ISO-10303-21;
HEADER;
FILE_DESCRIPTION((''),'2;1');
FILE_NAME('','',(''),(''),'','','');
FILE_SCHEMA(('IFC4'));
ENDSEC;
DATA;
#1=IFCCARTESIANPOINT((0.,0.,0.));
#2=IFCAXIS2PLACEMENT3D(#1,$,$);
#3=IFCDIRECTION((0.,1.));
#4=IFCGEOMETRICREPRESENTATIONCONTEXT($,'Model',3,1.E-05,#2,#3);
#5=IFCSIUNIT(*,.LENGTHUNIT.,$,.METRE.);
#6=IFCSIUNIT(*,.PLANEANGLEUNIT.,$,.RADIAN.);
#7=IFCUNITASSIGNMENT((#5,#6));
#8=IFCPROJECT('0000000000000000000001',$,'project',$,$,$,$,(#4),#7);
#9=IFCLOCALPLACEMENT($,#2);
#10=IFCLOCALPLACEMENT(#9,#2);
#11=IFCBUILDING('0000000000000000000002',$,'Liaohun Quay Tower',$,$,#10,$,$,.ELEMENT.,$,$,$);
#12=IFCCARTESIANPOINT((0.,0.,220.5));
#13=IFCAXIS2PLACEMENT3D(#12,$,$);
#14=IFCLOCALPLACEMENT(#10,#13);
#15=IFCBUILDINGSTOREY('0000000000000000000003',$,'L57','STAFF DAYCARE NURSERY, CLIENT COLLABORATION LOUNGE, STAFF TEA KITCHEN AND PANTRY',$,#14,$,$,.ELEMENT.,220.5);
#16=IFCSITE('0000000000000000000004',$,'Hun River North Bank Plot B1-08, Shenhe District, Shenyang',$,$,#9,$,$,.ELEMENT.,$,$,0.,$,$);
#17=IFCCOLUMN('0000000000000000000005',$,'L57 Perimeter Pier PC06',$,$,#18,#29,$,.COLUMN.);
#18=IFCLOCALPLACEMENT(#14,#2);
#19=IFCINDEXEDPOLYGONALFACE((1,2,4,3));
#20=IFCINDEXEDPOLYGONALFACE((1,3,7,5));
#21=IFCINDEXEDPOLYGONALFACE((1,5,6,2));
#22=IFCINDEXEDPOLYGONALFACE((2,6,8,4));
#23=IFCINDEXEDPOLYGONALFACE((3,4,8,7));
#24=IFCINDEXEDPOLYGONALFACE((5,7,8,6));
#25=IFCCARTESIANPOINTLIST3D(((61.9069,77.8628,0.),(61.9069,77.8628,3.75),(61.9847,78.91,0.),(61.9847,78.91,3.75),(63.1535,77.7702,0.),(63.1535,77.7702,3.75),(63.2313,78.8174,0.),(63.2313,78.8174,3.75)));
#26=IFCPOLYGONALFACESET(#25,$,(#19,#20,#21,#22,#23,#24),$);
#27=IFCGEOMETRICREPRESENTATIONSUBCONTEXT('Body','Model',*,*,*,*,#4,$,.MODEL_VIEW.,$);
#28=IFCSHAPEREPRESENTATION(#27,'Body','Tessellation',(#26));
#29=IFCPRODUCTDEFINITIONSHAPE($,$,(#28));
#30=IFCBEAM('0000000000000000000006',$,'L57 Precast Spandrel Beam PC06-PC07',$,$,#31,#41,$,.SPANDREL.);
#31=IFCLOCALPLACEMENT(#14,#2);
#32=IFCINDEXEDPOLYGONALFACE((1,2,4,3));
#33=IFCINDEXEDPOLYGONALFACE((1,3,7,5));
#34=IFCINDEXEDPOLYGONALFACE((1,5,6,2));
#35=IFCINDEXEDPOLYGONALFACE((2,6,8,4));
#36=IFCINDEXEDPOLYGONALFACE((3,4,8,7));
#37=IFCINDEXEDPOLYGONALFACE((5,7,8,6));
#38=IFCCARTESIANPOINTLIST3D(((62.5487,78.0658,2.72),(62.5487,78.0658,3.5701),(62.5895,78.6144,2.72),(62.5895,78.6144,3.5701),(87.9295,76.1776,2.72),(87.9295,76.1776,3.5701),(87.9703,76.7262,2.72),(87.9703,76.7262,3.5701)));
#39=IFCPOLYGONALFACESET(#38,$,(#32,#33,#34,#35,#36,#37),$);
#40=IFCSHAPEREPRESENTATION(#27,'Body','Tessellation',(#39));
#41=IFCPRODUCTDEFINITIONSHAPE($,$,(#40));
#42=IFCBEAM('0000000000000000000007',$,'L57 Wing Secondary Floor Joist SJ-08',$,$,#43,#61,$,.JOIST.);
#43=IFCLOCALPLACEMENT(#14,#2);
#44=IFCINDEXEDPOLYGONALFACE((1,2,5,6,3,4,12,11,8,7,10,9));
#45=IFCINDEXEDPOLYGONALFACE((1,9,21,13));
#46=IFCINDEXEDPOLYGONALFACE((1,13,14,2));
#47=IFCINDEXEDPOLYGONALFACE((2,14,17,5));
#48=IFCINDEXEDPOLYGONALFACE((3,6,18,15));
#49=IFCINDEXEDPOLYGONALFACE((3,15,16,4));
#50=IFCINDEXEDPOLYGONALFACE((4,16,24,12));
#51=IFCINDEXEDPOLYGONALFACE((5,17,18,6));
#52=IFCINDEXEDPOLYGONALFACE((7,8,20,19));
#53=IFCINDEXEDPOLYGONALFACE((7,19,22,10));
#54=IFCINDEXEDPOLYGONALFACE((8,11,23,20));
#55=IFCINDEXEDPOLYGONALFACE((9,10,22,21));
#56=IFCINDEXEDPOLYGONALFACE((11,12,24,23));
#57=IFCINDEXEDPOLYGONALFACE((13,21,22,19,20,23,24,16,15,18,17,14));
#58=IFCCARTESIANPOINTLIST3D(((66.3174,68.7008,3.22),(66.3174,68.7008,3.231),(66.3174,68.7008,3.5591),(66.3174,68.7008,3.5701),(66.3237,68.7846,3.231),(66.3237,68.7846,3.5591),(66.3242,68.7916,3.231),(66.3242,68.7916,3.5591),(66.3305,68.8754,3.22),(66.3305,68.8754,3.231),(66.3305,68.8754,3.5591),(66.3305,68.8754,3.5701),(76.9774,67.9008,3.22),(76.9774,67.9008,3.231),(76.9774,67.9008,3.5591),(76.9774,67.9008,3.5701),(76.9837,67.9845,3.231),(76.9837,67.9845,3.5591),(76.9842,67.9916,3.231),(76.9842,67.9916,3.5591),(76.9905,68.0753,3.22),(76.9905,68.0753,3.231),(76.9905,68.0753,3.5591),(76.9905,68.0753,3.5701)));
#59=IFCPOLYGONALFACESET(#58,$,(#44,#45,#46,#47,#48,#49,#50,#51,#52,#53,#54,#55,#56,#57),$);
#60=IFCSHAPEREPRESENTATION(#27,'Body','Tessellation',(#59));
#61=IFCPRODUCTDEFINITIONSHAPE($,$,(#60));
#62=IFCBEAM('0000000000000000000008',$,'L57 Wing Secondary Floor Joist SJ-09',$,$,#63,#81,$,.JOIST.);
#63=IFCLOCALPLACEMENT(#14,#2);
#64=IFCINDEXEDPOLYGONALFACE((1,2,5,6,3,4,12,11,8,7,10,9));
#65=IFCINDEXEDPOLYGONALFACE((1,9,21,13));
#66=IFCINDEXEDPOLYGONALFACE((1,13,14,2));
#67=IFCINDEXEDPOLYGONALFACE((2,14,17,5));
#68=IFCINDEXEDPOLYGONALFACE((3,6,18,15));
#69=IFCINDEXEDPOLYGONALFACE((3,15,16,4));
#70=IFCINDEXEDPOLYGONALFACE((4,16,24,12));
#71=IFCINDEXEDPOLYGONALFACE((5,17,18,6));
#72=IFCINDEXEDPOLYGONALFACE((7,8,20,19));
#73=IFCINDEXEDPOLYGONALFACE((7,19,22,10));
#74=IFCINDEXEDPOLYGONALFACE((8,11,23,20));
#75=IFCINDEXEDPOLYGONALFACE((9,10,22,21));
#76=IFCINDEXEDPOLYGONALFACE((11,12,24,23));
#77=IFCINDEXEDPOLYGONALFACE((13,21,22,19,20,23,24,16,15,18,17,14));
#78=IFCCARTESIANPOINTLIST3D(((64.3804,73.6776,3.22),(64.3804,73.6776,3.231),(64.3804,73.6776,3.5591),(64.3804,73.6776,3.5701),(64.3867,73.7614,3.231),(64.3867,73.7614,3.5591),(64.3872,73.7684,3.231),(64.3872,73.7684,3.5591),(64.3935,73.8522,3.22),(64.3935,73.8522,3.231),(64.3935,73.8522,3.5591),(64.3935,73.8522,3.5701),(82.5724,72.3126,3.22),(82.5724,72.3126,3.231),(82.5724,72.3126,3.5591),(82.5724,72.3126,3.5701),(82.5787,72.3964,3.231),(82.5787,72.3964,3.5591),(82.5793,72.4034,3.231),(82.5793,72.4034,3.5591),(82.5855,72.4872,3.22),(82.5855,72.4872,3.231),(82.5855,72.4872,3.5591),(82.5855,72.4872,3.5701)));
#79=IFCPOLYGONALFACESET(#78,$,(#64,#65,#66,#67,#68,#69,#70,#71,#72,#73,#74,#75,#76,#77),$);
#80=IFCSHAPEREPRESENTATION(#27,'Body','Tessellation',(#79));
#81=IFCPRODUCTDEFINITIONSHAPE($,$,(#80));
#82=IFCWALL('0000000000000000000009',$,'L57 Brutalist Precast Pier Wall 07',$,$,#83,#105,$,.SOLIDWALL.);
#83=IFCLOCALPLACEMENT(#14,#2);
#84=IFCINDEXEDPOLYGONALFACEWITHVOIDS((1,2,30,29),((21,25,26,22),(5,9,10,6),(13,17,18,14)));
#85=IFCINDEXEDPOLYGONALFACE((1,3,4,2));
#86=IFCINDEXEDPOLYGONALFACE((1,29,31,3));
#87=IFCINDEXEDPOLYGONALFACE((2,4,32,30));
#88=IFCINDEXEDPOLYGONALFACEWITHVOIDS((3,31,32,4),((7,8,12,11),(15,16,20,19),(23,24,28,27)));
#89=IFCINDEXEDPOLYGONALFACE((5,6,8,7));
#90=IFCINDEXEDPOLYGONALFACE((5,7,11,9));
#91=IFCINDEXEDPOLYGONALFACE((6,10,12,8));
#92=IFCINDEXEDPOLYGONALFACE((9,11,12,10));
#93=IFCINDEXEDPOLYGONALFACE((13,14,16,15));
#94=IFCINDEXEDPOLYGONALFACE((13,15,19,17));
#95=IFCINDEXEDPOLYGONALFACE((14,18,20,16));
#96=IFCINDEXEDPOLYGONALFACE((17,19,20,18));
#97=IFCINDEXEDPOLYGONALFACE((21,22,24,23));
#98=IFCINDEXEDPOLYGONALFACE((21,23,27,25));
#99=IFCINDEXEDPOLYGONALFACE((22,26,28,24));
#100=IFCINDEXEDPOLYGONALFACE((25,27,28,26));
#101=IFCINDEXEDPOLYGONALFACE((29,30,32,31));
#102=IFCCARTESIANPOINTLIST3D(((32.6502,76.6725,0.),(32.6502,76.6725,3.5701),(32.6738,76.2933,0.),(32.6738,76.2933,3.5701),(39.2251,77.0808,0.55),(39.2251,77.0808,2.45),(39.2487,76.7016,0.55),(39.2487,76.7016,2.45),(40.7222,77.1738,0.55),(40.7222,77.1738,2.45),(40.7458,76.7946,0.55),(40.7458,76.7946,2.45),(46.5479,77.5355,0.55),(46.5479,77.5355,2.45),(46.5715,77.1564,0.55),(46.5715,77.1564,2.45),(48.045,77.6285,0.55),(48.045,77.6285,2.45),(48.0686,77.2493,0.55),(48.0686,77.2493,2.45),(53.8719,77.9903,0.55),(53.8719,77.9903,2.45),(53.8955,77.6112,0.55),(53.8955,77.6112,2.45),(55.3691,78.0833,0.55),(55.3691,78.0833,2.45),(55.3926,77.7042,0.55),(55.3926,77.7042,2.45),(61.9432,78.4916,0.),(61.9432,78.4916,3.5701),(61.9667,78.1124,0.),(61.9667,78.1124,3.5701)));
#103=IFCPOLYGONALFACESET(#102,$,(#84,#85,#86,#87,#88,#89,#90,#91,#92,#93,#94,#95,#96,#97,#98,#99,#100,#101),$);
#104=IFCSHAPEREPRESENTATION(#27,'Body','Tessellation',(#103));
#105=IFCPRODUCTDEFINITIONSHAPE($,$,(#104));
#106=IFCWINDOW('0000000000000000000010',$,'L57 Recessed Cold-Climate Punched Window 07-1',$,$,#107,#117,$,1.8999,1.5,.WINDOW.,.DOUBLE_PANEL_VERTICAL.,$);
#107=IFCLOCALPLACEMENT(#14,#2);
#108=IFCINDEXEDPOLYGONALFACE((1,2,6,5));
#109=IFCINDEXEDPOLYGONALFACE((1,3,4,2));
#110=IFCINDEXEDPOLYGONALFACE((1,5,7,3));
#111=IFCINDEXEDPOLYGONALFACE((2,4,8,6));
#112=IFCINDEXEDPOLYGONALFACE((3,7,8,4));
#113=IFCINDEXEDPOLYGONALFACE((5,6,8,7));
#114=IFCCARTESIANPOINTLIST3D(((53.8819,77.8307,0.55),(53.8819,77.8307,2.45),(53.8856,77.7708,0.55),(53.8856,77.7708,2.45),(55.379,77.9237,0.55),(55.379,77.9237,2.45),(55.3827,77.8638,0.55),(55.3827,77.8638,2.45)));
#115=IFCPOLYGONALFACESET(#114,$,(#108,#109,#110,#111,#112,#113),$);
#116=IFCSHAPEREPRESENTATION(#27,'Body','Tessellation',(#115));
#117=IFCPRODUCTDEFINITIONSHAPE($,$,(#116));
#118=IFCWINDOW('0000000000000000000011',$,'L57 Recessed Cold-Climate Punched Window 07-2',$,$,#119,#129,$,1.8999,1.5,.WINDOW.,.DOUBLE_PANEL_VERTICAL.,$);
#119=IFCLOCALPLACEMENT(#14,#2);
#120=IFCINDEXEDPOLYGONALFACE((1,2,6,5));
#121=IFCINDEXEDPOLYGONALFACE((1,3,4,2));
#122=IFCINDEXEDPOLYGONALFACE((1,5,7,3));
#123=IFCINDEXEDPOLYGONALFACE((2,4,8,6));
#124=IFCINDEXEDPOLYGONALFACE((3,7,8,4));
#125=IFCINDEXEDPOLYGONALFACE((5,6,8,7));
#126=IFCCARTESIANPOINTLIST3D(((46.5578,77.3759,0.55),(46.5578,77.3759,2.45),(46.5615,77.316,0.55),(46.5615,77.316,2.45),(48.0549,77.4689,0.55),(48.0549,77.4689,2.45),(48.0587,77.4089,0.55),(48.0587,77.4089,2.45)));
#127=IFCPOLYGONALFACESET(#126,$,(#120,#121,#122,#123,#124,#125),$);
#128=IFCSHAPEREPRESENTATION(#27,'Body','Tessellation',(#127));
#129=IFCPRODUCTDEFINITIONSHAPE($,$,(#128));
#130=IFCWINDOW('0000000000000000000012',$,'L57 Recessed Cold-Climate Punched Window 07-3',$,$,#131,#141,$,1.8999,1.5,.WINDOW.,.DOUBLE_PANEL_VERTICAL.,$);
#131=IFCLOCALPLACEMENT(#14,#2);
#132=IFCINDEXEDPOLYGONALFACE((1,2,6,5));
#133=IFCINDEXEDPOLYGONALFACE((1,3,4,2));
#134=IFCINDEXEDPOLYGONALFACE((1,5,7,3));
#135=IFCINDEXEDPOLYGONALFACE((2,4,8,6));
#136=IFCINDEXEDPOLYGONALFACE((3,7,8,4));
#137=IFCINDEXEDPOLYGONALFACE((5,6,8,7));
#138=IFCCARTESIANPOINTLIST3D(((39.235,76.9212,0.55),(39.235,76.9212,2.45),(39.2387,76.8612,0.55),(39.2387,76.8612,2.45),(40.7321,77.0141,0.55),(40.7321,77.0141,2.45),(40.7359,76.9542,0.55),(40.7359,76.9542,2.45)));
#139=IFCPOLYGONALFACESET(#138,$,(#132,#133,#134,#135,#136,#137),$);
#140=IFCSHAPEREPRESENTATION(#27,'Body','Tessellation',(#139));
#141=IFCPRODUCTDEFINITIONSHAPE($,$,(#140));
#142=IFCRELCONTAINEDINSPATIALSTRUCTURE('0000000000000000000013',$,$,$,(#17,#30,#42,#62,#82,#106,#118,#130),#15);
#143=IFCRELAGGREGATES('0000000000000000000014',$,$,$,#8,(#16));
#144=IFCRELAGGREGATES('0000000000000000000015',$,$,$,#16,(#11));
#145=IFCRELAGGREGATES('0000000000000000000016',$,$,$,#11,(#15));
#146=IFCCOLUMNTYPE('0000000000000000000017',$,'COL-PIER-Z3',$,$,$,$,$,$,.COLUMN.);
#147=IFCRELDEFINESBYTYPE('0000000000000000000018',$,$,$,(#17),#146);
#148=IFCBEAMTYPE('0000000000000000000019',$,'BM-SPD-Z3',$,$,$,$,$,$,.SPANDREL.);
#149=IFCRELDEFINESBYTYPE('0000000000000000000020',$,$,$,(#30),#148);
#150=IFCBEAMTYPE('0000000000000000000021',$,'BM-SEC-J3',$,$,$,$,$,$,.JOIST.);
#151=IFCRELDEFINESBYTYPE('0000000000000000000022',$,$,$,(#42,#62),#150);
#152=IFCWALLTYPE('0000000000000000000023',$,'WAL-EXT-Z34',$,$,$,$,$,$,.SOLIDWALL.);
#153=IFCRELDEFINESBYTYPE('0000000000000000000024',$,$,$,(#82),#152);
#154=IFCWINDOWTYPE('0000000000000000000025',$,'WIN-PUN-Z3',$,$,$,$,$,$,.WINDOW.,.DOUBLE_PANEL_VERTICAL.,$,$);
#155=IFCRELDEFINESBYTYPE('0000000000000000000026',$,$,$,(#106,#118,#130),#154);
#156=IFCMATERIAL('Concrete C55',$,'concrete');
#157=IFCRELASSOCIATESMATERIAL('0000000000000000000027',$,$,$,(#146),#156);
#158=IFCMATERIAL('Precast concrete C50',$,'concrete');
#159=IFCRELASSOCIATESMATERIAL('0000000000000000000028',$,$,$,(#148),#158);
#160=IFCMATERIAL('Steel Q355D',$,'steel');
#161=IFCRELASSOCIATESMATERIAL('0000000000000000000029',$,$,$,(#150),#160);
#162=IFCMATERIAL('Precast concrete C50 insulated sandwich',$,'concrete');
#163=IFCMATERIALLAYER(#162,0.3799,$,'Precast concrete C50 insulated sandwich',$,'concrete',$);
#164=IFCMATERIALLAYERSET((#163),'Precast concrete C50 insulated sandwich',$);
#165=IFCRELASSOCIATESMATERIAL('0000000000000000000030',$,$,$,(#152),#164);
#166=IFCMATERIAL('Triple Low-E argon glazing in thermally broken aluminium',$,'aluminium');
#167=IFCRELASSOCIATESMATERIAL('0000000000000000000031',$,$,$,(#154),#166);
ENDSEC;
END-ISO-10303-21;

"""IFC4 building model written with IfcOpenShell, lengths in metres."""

from ifc_helpers import new_model, si_unit, direction, frame, frame_2d, origin, origin_2d, place, context, subcontext, project, spatial, rectangle, i_section, extrude, source, transform, mapped, material, layer, layer_set, material_profile, profile_set, type_object, element, fill, save


model = new_model("IFC4")

# Units and contexts
model_context = context("Model", 3, precision=1e-05, world=origin(), true_north=direction((0.0, 1.0)))
body_context = subcontext(model_context, "Body", "Model", "MODEL_VIEW")
ifc_project = project(units=[si_unit("LENGTHUNIT", "METRE"), si_unit("PLANEANGLEUNIT", "RADIAN")], contexts=[model_context])

# Site, building, storey
site_placement = place(None, origin())
site = spatial("IfcSite", under=ifc_project, at=site_placement, Name="Hun River North Bank Plot B1-08, Shenhe District, Shenyang", CompositionType="ELEMENT", RefElevation=0.0)
building_placement = place(site_placement, origin())
building = spatial("IfcBuilding", under=site, at=building_placement, Name="Liaohun Quay Tower", CompositionType="ELEMENT")
storey_placement = place(building_placement, frame((0.0, 0.0, 220.5)))
storey = spatial("IfcBuildingStorey", under=building, at=storey_placement, Name="L57", Description="STAFF DAYCARE NURSERY, CLIENT COLLABORATION LOUNGE, STAFF TEA KITCHEN AND PANTRY", CompositionType="ELEMENT", Elevation=220.5)

# Column
ifc_material_1 = material(Name="Concrete C55", Category="concrete")
ifc_material_profile_1 = material_profile(ifc_material_1, rectangle(XDim=1.25, YDim=1.05, at=origin_2d()), Name="RC1250x1050")
ifc_profile_set_1 = profile_set([ifc_material_profile_1], Name="Concrete C55")
column_type = type_object("IfcColumnType", Name="COL-PIER-Z3", PredefinedType="COLUMN", material=ifc_profile_set_1)
shared_shape_1 = source(origin(), body_context, "Body", "SweptSolid", [
    extrude(rectangle(XDim=1.25, YDim=1.05, at=origin_2d()), origin(), (0.0, 0.0, 1.0), 3.75),
])
column_placement = place(storey_placement, frame((62.5691, 78.3401, 0.0), z_axis=(0.0, 0.0, 1.0), x_axis=(-0.99725, 0.074108, 0.0)))
element("IfcColumn", 1, at=column_placement, inside=storey, type_object=column_type, Name="L57 Perimeter Pier PC06", PredefinedType="COLUMN", context=body_context, shape_type="MappedRepresentation", body=[
    mapped(shared_shape_1, transform((0.0, 0.0, 0.0), x_axis=(1.0, 0.0, 0.0), y_axis=(0.0, 1.0, 0.0), z_axis=(0.0, 0.0, 1.0), scale=1.0)),
])

# Beams
ifc_material_2 = material(Name="Precast concrete C50", Category="concrete")
ifc_material_profile_2 = material_profile(ifc_material_2, rectangle(XDim=0.55, YDim=0.8501, at=origin_2d()), Name="RC550x850")
ifc_profile_set_2 = profile_set([ifc_material_profile_2], Name="Precast concrete C50")
beam_type_1 = type_object("IfcBeamType", Name="BM-SPD-Z3", PredefinedType="SPANDREL", material=ifc_profile_set_2)
shared_shape_2 = source(origin(), body_context, "Body", "SweptSolid", [
    extrude(rectangle(XDim=0.55, YDim=0.8501, at=origin_2d()), origin(), (0.0, 0.0, 1.0), 25.4509),
])
beam_1_placement = place(storey_placement, frame((62.5691, 78.3401, 3.145), z_axis=(0.997244, -0.074189, 0.0), x_axis=(0.074189, 0.997244, 0.0)))
element("IfcBeam", 2, at=beam_1_placement, inside=storey, type_object=beam_type_1, Name="L57 Precast Spandrel Beam PC06-PC07", PredefinedType="SPANDREL", context=body_context, shape_type="MappedRepresentation", body=[
    mapped(shared_shape_2, transform((0.0, 0.0, 0.0), x_axis=(1.0, 0.0, 0.0), y_axis=(0.0, 1.0, 0.0), z_axis=(0.0, 0.0, 1.0), scale=1.0)),
])
ifc_material_3 = material(Name="Steel Q355D", Category="steel")
ifc_material_profile_3 = material_profile(ifc_material_3, i_section(OverallWidth=0.175, OverallDepth=0.3501, WebThickness=0.0071, FlangeThickness=0.011, at=origin_2d()), Name="HN350x175x7x11")
ifc_profile_set_3 = profile_set([ifc_material_profile_3], Name="Steel Q355D")
beam_type_2 = type_object("IfcBeamType", Name="BM-SEC-J3", PredefinedType="JOIST", material=ifc_profile_set_3)
shared_shape_3 = source(origin(), body_context, "Body", "SweptSolid", [
    extrude(i_section(OverallWidth=0.175, OverallDepth=0.3501, WebThickness=0.0071, FlangeThickness=0.011, at=origin_2d()), origin(), (0.0, 0.0, 1.0), 10.6899),
])
beam_2_placement = place(storey_placement, frame((66.324, 68.7881, 3.395), z_axis=(0.997195, -0.074842, 0.0), x_axis=(0.074842, 0.997195, 0.0)))
element("IfcBeam", 3, at=beam_2_placement, inside=storey, type_object=beam_type_2, Name="L57 Wing Secondary Floor Joist SJ-08", PredefinedType="JOIST", context=body_context, shape_type="MappedRepresentation", body=[
    mapped(shared_shape_3, transform((0.0, 0.0, 0.0), x_axis=(1.0, 0.0, 0.0), y_axis=(0.0, 1.0, 0.0), z_axis=(0.0, 0.0, 1.0), scale=1.0)),
])
shared_shape_4 = source(origin(), body_context, "Body", "SweptSolid", [
    extrude(i_section(OverallWidth=0.175, OverallDepth=0.3501, WebThickness=0.0071, FlangeThickness=0.011, at=origin_2d()), origin(), (0.0, 0.0, 1.0), 18.2432),
])
beam_3_placement = place(storey_placement, frame((64.387, 73.7649, 3.395), z_axis=(0.997197, -0.074822, 0.0), x_axis=(0.074822, 0.997197, 0.0)))
element("IfcBeam", 4, at=beam_3_placement, inside=storey, type_object=beam_type_2, Name="L57 Wing Secondary Floor Joist SJ-09", PredefinedType="JOIST", context=body_context, shape_type="MappedRepresentation", body=[
    mapped(shared_shape_4, transform((0.0, 0.0, 0.0), x_axis=(1.0, 0.0, 0.0), y_axis=(0.0, 1.0, 0.0), z_axis=(0.0, 0.0, 1.0), scale=1.0)),
])

# Wall, openings, windows
ifc_material_4 = material(Name="Precast concrete C50 insulated sandwich", Category="concrete")
ifc_layer_1 = layer(ifc_material_4, 0.3799, Name="Precast concrete C50 insulated sandwich", Category="concrete")
ifc_layer_set_1 = layer_set([ifc_layer_1], Name="Precast concrete C50 insulated sandwich")
wall_type_1 = type_object("IfcWallType", Name="WAL-EXT-Z34", PredefinedType="SOLIDWALL", material=ifc_layer_set_1)
wall_1_placement = place(storey_placement, frame((61.9551, 78.302, 0.0), z_axis=(0.0, 0.0, 1.0), x_axis=(-0.998077, -0.061981, 0.0)))
wall_1 = element("IfcWall", 5, at=wall_1_placement, inside=storey, type_object=wall_type_1, Name="L57 Brutalist Precast Pier Wall 07", PredefinedType="SOLIDWALL", context=body_context, shape_type="SweptSolid", body=[
    extrude(rectangle(XDim=29.3494, YDim=0.3799, at=frame_2d((14.6748, 0.0))), origin(), (0.0, 0.0, 1.0), 3.5701),
])
shared_shape_5 = source(origin(), body_context, "Body", "SweptSolid", [
    extrude(rectangle(XDim=1.5, YDim=1.8999, at=frame_2d((0.75, 0.95))), frame((0.0, 0.2, 0.0), z_axis=(0.0, -1.0, 0.0), x_axis=(1.0, 0.0, 0.0)), (0.0, 0.0, 1.0), 0.3999),
])
opening_1_placement = place(wall_1_placement, frame((6.5869, 0.0, 0.55)))
opening_1 = element("IfcOpeningElement", 6, at=opening_1_placement, cuts=wall_1, PredefinedType="OPENING", context=body_context, shape_type="MappedRepresentation", body=[
    mapped(shared_shape_5, transform((0.0, 0.0, 0.0), x_axis=(1.0, 0.0, 0.0), y_axis=(0.0, 1.0, 0.0), z_axis=(0.0, 0.0, 1.0), scale=1.0)),
])
opening_2_placement = place(wall_1_placement, frame((13.925, 0.0, 0.55)))
opening_2 = element("IfcOpeningElement", 7, at=opening_2_placement, cuts=wall_1, PredefinedType="OPENING", context=body_context, shape_type="MappedRepresentation", body=[
    mapped(shared_shape_5, transform((0.0, 0.0, 0.0), x_axis=(1.0, 0.0, 0.0), y_axis=(0.0, 1.0, 0.0), z_axis=(0.0, 0.0, 1.0), scale=1.0)),
])
opening_3_placement = place(wall_1_placement, frame((21.262, 0.0, 0.55)))
opening_3 = element("IfcOpeningElement", 8, at=opening_3_placement, cuts=wall_1, PredefinedType="OPENING", context=body_context, shape_type="MappedRepresentation", body=[
    mapped(shared_shape_5, transform((0.0, 0.0, 0.0), x_axis=(1.0, 0.0, 0.0), y_axis=(0.0, 1.0, 0.0), z_axis=(0.0, 0.0, 1.0), scale=1.0)),
])
ifc_material_5 = material(Name="Triple Low-E argon glazing in thermally broken aluminium", Category="aluminium")
window_type = type_object("IfcWindowType", Name="WIN-PUN-Z3", PartitioningType="DOUBLE_PANEL_VERTICAL", PredefinedType="WINDOW", material=ifc_material_5)
shared_shape_6 = source(origin(), body_context, "Body", "SweptSolid", [
    extrude(rectangle(XDim=1.5, YDim=1.8999, at=frame_2d((0.75, 0.95))), frame((0.0, 0.03, 0.0), z_axis=(0.0, -1.0, 0.0), x_axis=(1.0, 0.0, 0.0)), (0.0, 0.0, 1.0), 0.0601),
])
window_1_placement = place(opening_1_placement, origin())
window_1 = element("IfcWindow", 9, at=window_1_placement, inside=storey, type_object=window_type, Name="L57 Recessed Cold-Climate Punched Window 07-1", OverallHeight=1.8999, OverallWidth=1.5, PartitioningType="DOUBLE_PANEL_VERTICAL", PredefinedType="WINDOW", context=body_context, shape_type="MappedRepresentation", body=[
    mapped(shared_shape_6, transform((0.0, 0.0, 0.0), x_axis=(1.0, 0.0, 0.0), y_axis=(0.0, 1.0, 0.0), z_axis=(0.0, 0.0, 1.0), scale=1.0)),
])
fill(opening_1, window_1)
window_2_placement = place(opening_2_placement, origin())
window_2 = element("IfcWindow", 10, at=window_2_placement, inside=storey, type_object=window_type, Name="L57 Recessed Cold-Climate Punched Window 07-2", OverallHeight=1.8999, OverallWidth=1.5, PartitioningType="DOUBLE_PANEL_VERTICAL", PredefinedType="WINDOW", context=body_context, shape_type="MappedRepresentation", body=[
    mapped(shared_shape_6, transform((0.0, 0.0, 0.0), x_axis=(1.0, 0.0, 0.0), y_axis=(0.0, 1.0, 0.0), z_axis=(0.0, 0.0, 1.0), scale=1.0)),
])
fill(opening_2, window_2)
window_3_placement = place(opening_3_placement, origin())
window_3 = element("IfcWindow", 11, at=window_3_placement, inside=storey, type_object=window_type, Name="L57 Recessed Cold-Climate Punched Window 07-3", OverallHeight=1.8999, OverallWidth=1.5, PartitioningType="DOUBLE_PANEL_VERTICAL", PredefinedType="WINDOW", context=body_context, shape_type="MappedRepresentation", body=[
    mapped(shared_shape_6, transform((0.0, 0.0, 0.0), x_axis=(1.0, 0.0, 0.0), y_axis=(0.0, 1.0, 0.0), z_axis=(0.0, 0.0, 1.0), scale=1.0)),
])
fill(opening_3, window_3)

save(model, "model.ifc")
